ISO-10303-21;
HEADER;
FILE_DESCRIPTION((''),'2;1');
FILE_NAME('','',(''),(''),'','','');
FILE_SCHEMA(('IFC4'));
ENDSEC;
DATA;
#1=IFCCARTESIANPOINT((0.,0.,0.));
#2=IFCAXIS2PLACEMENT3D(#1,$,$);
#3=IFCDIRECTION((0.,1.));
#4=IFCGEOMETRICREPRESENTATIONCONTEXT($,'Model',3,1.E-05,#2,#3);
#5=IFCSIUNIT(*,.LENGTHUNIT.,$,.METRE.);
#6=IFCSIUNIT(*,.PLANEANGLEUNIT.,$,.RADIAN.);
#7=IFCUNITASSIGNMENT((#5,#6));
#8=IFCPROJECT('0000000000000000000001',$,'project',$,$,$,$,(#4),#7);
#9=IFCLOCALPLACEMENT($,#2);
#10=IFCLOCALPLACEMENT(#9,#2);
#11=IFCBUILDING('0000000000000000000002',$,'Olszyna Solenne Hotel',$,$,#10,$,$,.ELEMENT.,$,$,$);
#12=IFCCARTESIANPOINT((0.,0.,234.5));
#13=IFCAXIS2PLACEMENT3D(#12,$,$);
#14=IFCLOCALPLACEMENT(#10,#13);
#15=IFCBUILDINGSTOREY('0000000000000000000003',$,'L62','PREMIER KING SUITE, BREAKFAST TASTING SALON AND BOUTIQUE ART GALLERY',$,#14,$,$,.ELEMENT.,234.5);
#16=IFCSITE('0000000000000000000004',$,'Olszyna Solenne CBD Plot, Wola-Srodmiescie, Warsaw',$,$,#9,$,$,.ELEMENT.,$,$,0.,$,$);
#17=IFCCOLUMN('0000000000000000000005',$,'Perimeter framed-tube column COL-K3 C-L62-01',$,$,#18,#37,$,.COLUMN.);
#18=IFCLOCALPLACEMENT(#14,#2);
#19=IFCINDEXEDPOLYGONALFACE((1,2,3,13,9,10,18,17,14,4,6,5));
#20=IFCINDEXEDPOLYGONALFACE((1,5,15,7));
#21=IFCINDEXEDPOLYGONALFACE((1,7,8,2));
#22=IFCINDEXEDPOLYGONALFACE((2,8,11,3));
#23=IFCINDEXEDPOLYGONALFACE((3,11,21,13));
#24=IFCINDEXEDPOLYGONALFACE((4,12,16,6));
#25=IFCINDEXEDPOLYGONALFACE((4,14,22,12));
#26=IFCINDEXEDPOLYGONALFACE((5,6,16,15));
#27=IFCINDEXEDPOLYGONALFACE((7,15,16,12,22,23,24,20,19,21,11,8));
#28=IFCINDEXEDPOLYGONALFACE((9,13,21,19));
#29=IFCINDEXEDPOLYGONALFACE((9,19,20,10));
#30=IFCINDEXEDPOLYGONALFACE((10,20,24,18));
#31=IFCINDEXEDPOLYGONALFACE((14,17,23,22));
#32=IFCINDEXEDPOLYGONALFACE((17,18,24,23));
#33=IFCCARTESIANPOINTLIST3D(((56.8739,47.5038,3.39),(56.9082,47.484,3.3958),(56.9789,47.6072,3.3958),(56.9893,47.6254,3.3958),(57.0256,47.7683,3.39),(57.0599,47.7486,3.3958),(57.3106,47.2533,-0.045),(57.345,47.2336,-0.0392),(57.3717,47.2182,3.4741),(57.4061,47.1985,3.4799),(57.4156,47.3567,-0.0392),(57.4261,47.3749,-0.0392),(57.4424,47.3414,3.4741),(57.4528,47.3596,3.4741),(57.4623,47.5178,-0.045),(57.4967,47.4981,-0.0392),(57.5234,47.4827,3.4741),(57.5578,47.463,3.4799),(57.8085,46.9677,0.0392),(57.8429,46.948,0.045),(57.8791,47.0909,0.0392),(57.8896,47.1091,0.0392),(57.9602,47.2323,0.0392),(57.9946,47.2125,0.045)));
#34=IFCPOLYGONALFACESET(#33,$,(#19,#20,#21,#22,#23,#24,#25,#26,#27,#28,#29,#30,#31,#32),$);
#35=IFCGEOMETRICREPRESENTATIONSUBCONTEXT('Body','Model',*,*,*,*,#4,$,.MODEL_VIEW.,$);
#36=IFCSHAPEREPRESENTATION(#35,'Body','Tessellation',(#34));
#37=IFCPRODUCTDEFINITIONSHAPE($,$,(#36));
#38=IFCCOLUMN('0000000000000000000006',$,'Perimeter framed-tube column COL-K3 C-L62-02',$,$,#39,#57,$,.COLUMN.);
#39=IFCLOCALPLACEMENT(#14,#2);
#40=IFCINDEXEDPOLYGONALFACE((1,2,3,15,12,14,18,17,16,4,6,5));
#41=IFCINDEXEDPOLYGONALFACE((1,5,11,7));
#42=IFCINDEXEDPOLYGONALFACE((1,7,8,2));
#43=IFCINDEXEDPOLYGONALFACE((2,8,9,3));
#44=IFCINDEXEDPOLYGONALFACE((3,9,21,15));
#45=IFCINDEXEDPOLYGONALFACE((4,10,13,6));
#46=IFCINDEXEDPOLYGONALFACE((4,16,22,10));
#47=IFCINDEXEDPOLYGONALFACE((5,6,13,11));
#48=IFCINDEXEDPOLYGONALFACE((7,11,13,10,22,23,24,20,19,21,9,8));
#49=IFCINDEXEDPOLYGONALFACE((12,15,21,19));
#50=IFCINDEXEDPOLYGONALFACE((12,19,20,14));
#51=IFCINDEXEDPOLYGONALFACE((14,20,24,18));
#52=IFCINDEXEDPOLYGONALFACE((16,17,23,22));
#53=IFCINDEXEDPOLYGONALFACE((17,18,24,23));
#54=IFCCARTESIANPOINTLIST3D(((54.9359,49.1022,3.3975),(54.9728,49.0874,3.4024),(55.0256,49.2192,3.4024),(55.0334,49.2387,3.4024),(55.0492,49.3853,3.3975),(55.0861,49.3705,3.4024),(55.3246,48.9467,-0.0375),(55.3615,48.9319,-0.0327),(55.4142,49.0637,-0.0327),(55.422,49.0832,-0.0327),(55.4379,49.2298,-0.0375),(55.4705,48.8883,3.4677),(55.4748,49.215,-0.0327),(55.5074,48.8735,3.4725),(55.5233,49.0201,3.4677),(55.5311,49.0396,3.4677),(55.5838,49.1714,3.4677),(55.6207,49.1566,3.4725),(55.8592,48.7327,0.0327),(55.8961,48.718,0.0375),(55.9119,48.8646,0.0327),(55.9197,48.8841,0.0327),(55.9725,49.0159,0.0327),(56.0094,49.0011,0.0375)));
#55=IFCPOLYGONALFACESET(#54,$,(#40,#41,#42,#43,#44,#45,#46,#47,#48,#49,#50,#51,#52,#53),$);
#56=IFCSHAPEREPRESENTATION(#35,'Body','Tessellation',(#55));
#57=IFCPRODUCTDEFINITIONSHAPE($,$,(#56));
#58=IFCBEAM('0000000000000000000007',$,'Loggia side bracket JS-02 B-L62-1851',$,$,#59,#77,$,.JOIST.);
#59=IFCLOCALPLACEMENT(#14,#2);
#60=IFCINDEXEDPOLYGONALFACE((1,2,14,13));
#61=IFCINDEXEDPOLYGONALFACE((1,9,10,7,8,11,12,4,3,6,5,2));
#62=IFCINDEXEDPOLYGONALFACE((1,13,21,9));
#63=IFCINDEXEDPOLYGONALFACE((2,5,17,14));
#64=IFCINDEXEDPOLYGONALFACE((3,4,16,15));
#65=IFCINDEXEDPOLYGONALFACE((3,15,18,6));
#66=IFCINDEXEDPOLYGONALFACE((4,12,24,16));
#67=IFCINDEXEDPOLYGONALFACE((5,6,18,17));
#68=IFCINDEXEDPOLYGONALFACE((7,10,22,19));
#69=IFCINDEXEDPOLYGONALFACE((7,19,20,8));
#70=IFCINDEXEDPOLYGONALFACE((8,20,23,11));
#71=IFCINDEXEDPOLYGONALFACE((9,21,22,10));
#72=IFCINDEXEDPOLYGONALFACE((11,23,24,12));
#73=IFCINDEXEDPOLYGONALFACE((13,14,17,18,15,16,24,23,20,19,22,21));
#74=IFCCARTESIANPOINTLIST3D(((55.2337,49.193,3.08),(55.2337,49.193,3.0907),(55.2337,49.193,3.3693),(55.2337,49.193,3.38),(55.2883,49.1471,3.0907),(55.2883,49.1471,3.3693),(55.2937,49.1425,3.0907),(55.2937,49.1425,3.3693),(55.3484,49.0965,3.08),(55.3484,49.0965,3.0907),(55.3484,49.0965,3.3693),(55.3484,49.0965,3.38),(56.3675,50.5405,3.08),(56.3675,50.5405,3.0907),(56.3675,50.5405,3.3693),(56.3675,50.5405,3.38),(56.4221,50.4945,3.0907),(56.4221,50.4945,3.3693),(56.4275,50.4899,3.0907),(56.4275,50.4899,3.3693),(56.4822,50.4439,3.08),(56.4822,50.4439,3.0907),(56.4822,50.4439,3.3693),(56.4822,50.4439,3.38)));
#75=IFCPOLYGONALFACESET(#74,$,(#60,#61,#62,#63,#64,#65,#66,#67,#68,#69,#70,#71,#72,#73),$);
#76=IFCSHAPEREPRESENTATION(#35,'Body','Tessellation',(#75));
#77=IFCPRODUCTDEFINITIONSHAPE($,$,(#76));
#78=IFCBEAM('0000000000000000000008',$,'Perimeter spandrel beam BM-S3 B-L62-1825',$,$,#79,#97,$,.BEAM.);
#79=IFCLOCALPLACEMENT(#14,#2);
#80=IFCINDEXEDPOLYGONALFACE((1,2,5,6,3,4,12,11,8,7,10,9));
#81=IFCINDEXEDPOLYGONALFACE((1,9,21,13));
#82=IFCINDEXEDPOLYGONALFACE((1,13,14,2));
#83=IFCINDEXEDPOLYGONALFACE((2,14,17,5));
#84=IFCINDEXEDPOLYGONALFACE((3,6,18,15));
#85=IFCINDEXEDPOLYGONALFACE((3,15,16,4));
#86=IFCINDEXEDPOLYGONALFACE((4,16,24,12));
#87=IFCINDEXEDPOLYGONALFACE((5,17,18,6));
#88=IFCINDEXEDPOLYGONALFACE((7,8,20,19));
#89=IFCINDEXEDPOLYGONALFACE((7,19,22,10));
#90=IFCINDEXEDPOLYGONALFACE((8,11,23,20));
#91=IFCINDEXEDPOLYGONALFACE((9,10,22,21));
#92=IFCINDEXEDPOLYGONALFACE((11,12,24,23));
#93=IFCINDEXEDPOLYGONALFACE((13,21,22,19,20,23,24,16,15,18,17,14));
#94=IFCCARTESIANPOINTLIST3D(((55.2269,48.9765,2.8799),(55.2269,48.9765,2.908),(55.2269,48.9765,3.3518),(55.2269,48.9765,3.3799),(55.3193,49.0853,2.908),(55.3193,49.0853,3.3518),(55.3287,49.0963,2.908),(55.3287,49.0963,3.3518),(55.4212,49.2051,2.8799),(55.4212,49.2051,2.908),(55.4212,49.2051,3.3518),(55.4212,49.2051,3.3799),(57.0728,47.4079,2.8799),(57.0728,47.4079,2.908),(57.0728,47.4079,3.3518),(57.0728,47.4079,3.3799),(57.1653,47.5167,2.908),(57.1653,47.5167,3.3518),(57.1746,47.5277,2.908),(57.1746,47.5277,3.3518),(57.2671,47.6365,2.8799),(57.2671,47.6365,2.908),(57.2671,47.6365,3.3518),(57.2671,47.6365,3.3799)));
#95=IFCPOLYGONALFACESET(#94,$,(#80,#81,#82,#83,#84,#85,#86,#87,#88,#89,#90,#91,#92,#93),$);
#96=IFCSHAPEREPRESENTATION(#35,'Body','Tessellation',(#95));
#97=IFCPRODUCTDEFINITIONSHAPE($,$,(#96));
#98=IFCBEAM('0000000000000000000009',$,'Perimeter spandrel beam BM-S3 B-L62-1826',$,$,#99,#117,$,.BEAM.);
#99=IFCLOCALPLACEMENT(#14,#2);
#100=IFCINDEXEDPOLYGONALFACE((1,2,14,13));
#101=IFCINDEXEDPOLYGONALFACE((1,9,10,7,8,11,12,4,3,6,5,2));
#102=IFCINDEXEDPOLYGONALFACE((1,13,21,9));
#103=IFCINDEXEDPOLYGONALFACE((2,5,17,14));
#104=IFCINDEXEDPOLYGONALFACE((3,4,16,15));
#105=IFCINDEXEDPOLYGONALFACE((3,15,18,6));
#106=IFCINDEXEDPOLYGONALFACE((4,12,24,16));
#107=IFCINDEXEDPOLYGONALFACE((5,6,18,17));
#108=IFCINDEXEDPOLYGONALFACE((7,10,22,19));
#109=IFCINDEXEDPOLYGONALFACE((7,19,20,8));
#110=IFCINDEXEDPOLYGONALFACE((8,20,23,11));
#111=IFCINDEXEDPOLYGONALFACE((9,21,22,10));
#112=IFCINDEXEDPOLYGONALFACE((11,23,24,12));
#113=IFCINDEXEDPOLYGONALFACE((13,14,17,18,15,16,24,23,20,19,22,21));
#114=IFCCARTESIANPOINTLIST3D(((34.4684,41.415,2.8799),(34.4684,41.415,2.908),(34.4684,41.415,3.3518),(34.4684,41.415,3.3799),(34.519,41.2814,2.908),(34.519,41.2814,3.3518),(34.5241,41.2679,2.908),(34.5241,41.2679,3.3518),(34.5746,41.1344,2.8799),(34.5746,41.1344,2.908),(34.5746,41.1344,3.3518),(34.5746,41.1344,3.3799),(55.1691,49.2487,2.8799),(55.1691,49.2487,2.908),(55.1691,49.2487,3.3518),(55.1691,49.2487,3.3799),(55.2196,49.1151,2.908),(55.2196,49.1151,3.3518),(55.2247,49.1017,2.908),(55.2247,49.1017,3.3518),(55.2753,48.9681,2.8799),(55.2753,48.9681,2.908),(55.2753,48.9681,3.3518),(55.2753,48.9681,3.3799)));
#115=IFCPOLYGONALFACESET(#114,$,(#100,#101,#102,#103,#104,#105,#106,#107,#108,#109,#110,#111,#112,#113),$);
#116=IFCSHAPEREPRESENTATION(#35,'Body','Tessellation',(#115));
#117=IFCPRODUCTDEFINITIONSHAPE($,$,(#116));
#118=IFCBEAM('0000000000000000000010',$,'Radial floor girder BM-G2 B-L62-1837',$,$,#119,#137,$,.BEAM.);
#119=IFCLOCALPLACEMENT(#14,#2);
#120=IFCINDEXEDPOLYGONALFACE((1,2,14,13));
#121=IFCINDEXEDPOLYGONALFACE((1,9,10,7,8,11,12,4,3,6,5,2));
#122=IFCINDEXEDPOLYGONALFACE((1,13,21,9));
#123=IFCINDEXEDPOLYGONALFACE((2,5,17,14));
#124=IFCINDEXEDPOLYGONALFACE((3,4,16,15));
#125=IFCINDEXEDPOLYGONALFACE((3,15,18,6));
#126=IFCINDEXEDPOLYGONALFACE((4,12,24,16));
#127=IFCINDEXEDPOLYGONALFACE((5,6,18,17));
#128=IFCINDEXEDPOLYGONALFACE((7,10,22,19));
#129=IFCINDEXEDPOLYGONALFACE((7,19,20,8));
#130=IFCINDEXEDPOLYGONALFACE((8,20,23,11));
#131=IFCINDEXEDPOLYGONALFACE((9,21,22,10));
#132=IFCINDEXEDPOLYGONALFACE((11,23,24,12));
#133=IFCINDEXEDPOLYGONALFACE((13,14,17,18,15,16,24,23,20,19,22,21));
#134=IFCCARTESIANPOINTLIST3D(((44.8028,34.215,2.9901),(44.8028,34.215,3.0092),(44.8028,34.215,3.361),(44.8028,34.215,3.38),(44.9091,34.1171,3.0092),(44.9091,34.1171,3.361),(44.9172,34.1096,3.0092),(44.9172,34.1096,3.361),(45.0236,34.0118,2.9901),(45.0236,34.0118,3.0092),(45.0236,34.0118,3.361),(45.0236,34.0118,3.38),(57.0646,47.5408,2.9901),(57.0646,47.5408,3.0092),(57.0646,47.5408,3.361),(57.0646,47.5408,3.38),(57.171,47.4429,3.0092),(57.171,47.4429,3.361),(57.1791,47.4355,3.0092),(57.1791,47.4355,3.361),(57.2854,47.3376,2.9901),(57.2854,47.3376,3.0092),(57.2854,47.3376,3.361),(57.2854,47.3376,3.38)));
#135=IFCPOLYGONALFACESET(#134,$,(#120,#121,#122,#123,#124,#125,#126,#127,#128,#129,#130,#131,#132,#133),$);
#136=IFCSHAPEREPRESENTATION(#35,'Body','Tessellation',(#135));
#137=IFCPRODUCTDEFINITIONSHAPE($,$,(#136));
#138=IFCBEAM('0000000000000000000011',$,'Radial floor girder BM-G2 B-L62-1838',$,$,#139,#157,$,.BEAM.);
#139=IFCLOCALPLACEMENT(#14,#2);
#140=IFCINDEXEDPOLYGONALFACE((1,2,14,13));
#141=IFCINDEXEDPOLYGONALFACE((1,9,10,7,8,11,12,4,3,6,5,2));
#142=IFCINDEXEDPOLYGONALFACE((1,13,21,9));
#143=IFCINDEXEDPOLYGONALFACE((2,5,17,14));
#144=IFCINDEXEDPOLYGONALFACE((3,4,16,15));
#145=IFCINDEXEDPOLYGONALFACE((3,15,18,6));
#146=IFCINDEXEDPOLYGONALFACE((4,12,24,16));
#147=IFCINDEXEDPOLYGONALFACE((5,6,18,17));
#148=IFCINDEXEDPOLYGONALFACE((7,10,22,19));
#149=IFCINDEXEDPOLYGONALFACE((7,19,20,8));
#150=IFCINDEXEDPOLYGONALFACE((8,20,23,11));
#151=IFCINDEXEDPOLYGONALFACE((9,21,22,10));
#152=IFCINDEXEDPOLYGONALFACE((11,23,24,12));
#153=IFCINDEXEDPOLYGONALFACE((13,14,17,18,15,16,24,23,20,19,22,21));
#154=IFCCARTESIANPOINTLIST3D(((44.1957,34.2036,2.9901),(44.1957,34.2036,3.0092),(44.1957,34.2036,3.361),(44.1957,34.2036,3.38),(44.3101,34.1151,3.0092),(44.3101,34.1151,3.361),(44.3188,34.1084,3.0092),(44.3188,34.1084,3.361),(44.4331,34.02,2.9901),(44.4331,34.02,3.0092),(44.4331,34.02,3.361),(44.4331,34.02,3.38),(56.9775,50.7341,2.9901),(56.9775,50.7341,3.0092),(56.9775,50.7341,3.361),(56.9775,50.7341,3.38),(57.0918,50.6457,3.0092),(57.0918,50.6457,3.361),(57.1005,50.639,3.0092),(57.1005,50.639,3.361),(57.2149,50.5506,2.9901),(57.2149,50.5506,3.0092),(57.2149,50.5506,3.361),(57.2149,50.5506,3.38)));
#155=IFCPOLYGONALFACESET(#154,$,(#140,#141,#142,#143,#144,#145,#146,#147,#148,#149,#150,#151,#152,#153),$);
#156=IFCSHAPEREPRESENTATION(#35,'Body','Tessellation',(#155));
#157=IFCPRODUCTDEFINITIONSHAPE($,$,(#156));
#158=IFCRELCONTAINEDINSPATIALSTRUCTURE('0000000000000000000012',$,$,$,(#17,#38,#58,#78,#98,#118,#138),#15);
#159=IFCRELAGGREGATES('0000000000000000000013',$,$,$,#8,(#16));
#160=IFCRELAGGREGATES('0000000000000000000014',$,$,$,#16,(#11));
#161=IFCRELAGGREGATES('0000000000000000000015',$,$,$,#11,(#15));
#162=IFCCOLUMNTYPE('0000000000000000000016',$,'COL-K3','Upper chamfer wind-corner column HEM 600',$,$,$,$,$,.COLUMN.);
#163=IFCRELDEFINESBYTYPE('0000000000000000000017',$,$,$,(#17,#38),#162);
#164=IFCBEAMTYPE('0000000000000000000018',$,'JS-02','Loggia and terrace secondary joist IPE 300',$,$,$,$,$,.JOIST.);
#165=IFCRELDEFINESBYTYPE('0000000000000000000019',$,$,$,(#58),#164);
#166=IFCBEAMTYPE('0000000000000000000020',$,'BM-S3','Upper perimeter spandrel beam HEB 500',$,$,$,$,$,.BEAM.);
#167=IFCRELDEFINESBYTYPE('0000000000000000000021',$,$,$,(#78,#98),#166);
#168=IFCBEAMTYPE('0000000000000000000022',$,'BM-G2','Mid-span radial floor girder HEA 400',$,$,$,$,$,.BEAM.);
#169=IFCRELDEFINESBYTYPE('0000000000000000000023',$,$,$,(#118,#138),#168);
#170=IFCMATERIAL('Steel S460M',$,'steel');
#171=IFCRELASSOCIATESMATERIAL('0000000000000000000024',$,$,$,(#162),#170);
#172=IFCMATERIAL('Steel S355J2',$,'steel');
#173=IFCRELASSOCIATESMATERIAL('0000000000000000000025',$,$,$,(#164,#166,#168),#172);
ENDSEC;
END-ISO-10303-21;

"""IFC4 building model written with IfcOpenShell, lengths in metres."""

from ifc_helpers import new_model, si_unit, direction, frame, origin, origin_2d, place, context, subcontext, project, spatial, i_section, extrude, source, transform, mapped, material, material_profile, profile_set, type_object, element, save


model = new_model("IFC4")

# Units and contexts
model_context = context("Model", 3, precision=1e-05, world=origin(), true_north=direction((0.0, 1.0)))
body_context = subcontext(model_context, "Body", "Model", "MODEL_VIEW")
ifc_project = project(units=[si_unit("LENGTHUNIT", "METRE"), si_unit("PLANEANGLEUNIT", "RADIAN")], contexts=[model_context])

# Site, building, storey
site_placement = place(None, origin())
site = spatial("IfcSite", under=ifc_project, at=site_placement, Name="Olszyna Solenne CBD Plot, Wola-Srodmiescie, Warsaw", CompositionType="ELEMENT", RefElevation=0.0)
building_placement = place(site_placement, origin())
building = spatial("IfcBuilding", under=site, at=building_placement, Name="Olszyna Solenne Hotel", CompositionType="ELEMENT")
storey_placement = place(building_placement, frame((0.0, 0.0, 234.5)))
storey = spatial("IfcBuildingStorey", under=building, at=storey_placement, Name="L62", Description="PREMIER KING SUITE, BREAKFAST TASTING SALON AND BOUTIQUE ART GALLERY", CompositionType="ELEMENT", Elevation=234.5)

# Columns
ifc_material_1 = material(Name="Steel S460M", Category="steel")
ifc_material_profile_1 = material_profile(ifc_material_1, i_section(OverallWidth=0.3049, OverallDepth=0.6201, WebThickness=0.021, FlangeThickness=0.04, at=origin_2d()), Name="HEM 600", Category="load-bearing")
ifc_profile_set_1 = profile_set([ifc_material_profile_1], Name="Steel S460M")
column_type = type_object("IfcColumnType", Name="COL-K3", Description="Upper chamfer wind-corner column HEM 600", PredefinedType="COLUMN", material=ifc_profile_set_1)
shared_shape_1 = source(origin(), body_context, "Body", "SweptSolid", [
    extrude(i_section(OverallWidth=0.3049, OverallDepth=0.6201, WebThickness=0.021, FlangeThickness=0.04, at=origin_2d()), origin(), (0.0, 0.0, 1.0), 3.4717),
])
column_1_placement = place(storey_placement, frame((57.6526, 47.2329, 0.0), z_axis=(-0.125806, 0.07215, 0.989428), x_axis=(-0.497496, -0.867466, 0.0)))
element("IfcColumn", 1, at=column_1_placement, inside=storey, type_object=column_type, Name="Perimeter framed-tube column COL-K3 C-L62-01", PredefinedType="COLUMN", context=body_context, shape_type="MappedRepresentation", body=[
    mapped(shared_shape_1, transform((0.0, 0.0, 0.0), x_axis=(1.0, 0.0, 0.0), y_axis=(0.0, 1.0, 0.0), z_axis=(0.0, 0.0, 1.0), scale=1.0)),
])
shared_shape_2 = source(origin(), body_context, "Body", "SweptSolid", [
    extrude(i_section(OverallWidth=0.3049, OverallDepth=0.6201, WebThickness=0.021, FlangeThickness=0.04, at=origin_2d()), origin(), (0.0, 0.0, 1.0), 3.4604),
])
column_2_placement = place(storey_placement, frame((55.667, 48.9739, 0.0), z_axis=(-0.112318, 0.044941, 0.992656), x_axis=(-0.371491, -0.928436, 0.0)))
element("IfcColumn", 2, at=column_2_placement, inside=storey, type_object=column_type, Name="Perimeter framed-tube column COL-K3 C-L62-02", PredefinedType="COLUMN", context=body_context, shape_type="MappedRepresentation", body=[
    mapped(shared_shape_2, transform((0.0, 0.0, 0.0), x_axis=(1.0, 0.0, 0.0), y_axis=(0.0, 1.0, 0.0), z_axis=(0.0, 0.0, 1.0), scale=1.0)),
])

# Beams
ifc_material_2 = material(Name="Steel S355J2", Category="steel")
ifc_material_profile_2 = material_profile(ifc_material_2, i_section(OverallWidth=0.1499, OverallDepth=0.3, WebThickness=0.0071, FlangeThickness=0.0107, at=origin_2d()), Name="IPE 300", Category="load-bearing")
ifc_profile_set_2 = profile_set([ifc_material_profile_2], Name="Steel S355J2")
beam_type_1 = type_object("IfcBeamType", Name="JS-02", Description="Loggia and terrace secondary joist IPE 300", PredefinedType="JOIST", material=ifc_profile_set_2)
shared_shape_3 = source(origin(), body_context, "Body", "SweptSolid", [
    extrude(i_section(OverallWidth=0.1499, OverallDepth=0.3, WebThickness=0.0071, FlangeThickness=0.0107, at=origin_2d()), origin(), (0.0, 0.0, 1.0), 1.761),
])
beam_1_placement = place(storey_placement, frame((55.291, 49.1448, 3.23), z_axis=(0.643845, 0.765156, 0.0), x_axis=(-0.765156, 0.643845, 0.0)))
element("IfcBeam", 3, at=beam_1_placement, inside=storey, type_object=beam_type_1, Name="Loggia side bracket JS-02 B-L62-1851", PredefinedType="JOIST", context=body_context, shape_type="MappedRepresentation", body=[
    mapped(shared_shape_3, transform((0.0, 0.0, 0.0), x_axis=(1.0, 0.0, 0.0), y_axis=(0.0, 1.0, 0.0), z_axis=(0.0, 0.0, 1.0), scale=1.0)),
])
ifc_material_profile_3 = material_profile(ifc_material_2, i_section(OverallWidth=0.3, OverallDepth=0.5, WebThickness=0.0144, FlangeThickness=0.0281, at=origin_2d()), Name="HEB 500", Category="load-bearing")
ifc_profile_set_3 = profile_set([ifc_material_profile_3], Name="Steel S355J2")
beam_type_2 = type_object("IfcBeamType", Name="BM-S3", Description="Upper perimeter spandrel beam HEB 500", PredefinedType="BEAM", material=ifc_profile_set_3)
shared_shape_4 = source(origin(), body_context, "Body", "SweptSolid", [
    extrude(i_section(OverallWidth=0.3, OverallDepth=0.5, WebThickness=0.0144, FlangeThickness=0.0281, at=origin_2d()), origin(), (0.0, 0.0, 1.0), 2.4224),
])
beam_2_placement = place(storey_placement, frame((57.1699, 47.5222, 3.1299), z_axis=(-0.762031, 0.64754, 0.0), x_axis=(-0.64754, -0.762031, 0.0)))
element("IfcBeam", 4, at=beam_2_placement, inside=storey, type_object=beam_type_2, Name="Perimeter spandrel beam BM-S3 B-L62-1825", PredefinedType="BEAM", context=body_context, shape_type="MappedRepresentation", body=[
    mapped(shared_shape_4, transform((0.0, 0.0, 0.0), x_axis=(1.0, 0.0, 0.0), y_axis=(0.0, 1.0, 0.0), z_axis=(0.0, 0.0, 1.0), scale=1.0)),
])
shared_shape_5 = source(origin(), body_context, "Body", "SweptSolid", [
    extrude(i_section(OverallWidth=0.3, OverallDepth=0.5, WebThickness=0.0144, FlangeThickness=0.0281, at=origin_2d()), origin(), (0.0, 0.0, 1.0), 22.1333),
])
beam_3_placement = place(storey_placement, frame((55.2222, 49.1084, 3.1299), z_axis=(-0.935271, -0.353934, 0.0), x_axis=(0.353934, -0.935271, 0.0)))
element("IfcBeam", 5, at=beam_3_placement, inside=storey, type_object=beam_type_2, Name="Perimeter spandrel beam BM-S3 B-L62-1826", PredefinedType="BEAM", context=body_context, shape_type="MappedRepresentation", body=[
    mapped(shared_shape_5, transform((0.0, 0.0, 0.0), x_axis=(1.0, 0.0, 0.0), y_axis=(0.0, 1.0, 0.0), z_axis=(0.0, 0.0, 1.0), scale=1.0)),
])
ifc_material_profile_4 = material_profile(ifc_material_2, i_section(OverallWidth=0.3, OverallDepth=0.3899, WebThickness=0.011, FlangeThickness=0.019, at=origin_2d()), Name="HEA 400", Category="load-bearing")
ifc_profile_set_4 = profile_set([ifc_material_profile_4], Name="Steel S355J2")
beam_type_3 = type_object("IfcBeamType", Name="BM-G2", Description="Mid-span radial floor girder HEA 400", PredefinedType="BEAM", material=ifc_profile_set_4)
shared_shape_6 = source(origin(), body_context, "Body", "SweptSolid", [
    extrude(i_section(OverallWidth=0.3, OverallDepth=0.3899, WebThickness=0.011, FlangeThickness=0.019, at=origin_2d()), origin(), (0.0, 0.0, 1.0), 18.1089),
])
beam_4_placement = place(storey_placement, frame((57.175, 47.4392, 3.1851), z_axis=(-0.67712, -0.735873, 0.0), x_axis=(0.735873, -0.67712, 0.0)))
element("IfcBeam", 6, at=beam_4_placement, inside=storey, type_object=beam_type_3, Name="Radial floor girder BM-G2 B-L62-1837", PredefinedType="BEAM", context=body_context, shape_type="MappedRepresentation", body=[
    mapped(shared_shape_6, transform((0.0, 0.0, 0.0), x_axis=(1.0, 0.0, 0.0), y_axis=(0.0, 1.0, 0.0), z_axis=(0.0, 0.0, 1.0), scale=1.0)),
])
shared_shape_7 = source(origin(), body_context, "Body", "SweptSolid", [
    extrude(i_section(OverallWidth=0.3, OverallDepth=0.3899, WebThickness=0.011, FlangeThickness=0.019, at=origin_2d()), origin(), (0.0, 0.0, 1.0), 20.8958),
])
beam_5_placement = place(storey_placement, frame((57.0962, 50.6423, 3.1851), z_axis=(-0.611692, -0.791096, 0.0), x_axis=(0.791096, -0.611692, 0.0)))
element("IfcBeam", 7, at=beam_5_placement, inside=storey, type_object=beam_type_3, Name="Radial floor girder BM-G2 B-L62-1838", PredefinedType="BEAM", context=body_context, shape_type="MappedRepresentation", body=[
    mapped(shared_shape_7, transform((0.0, 0.0, 0.0), x_axis=(1.0, 0.0, 0.0), y_axis=(0.0, 1.0, 0.0), z_axis=(0.0, 0.0, 1.0), scale=1.0)),
])

save(model, "model.ifc")
